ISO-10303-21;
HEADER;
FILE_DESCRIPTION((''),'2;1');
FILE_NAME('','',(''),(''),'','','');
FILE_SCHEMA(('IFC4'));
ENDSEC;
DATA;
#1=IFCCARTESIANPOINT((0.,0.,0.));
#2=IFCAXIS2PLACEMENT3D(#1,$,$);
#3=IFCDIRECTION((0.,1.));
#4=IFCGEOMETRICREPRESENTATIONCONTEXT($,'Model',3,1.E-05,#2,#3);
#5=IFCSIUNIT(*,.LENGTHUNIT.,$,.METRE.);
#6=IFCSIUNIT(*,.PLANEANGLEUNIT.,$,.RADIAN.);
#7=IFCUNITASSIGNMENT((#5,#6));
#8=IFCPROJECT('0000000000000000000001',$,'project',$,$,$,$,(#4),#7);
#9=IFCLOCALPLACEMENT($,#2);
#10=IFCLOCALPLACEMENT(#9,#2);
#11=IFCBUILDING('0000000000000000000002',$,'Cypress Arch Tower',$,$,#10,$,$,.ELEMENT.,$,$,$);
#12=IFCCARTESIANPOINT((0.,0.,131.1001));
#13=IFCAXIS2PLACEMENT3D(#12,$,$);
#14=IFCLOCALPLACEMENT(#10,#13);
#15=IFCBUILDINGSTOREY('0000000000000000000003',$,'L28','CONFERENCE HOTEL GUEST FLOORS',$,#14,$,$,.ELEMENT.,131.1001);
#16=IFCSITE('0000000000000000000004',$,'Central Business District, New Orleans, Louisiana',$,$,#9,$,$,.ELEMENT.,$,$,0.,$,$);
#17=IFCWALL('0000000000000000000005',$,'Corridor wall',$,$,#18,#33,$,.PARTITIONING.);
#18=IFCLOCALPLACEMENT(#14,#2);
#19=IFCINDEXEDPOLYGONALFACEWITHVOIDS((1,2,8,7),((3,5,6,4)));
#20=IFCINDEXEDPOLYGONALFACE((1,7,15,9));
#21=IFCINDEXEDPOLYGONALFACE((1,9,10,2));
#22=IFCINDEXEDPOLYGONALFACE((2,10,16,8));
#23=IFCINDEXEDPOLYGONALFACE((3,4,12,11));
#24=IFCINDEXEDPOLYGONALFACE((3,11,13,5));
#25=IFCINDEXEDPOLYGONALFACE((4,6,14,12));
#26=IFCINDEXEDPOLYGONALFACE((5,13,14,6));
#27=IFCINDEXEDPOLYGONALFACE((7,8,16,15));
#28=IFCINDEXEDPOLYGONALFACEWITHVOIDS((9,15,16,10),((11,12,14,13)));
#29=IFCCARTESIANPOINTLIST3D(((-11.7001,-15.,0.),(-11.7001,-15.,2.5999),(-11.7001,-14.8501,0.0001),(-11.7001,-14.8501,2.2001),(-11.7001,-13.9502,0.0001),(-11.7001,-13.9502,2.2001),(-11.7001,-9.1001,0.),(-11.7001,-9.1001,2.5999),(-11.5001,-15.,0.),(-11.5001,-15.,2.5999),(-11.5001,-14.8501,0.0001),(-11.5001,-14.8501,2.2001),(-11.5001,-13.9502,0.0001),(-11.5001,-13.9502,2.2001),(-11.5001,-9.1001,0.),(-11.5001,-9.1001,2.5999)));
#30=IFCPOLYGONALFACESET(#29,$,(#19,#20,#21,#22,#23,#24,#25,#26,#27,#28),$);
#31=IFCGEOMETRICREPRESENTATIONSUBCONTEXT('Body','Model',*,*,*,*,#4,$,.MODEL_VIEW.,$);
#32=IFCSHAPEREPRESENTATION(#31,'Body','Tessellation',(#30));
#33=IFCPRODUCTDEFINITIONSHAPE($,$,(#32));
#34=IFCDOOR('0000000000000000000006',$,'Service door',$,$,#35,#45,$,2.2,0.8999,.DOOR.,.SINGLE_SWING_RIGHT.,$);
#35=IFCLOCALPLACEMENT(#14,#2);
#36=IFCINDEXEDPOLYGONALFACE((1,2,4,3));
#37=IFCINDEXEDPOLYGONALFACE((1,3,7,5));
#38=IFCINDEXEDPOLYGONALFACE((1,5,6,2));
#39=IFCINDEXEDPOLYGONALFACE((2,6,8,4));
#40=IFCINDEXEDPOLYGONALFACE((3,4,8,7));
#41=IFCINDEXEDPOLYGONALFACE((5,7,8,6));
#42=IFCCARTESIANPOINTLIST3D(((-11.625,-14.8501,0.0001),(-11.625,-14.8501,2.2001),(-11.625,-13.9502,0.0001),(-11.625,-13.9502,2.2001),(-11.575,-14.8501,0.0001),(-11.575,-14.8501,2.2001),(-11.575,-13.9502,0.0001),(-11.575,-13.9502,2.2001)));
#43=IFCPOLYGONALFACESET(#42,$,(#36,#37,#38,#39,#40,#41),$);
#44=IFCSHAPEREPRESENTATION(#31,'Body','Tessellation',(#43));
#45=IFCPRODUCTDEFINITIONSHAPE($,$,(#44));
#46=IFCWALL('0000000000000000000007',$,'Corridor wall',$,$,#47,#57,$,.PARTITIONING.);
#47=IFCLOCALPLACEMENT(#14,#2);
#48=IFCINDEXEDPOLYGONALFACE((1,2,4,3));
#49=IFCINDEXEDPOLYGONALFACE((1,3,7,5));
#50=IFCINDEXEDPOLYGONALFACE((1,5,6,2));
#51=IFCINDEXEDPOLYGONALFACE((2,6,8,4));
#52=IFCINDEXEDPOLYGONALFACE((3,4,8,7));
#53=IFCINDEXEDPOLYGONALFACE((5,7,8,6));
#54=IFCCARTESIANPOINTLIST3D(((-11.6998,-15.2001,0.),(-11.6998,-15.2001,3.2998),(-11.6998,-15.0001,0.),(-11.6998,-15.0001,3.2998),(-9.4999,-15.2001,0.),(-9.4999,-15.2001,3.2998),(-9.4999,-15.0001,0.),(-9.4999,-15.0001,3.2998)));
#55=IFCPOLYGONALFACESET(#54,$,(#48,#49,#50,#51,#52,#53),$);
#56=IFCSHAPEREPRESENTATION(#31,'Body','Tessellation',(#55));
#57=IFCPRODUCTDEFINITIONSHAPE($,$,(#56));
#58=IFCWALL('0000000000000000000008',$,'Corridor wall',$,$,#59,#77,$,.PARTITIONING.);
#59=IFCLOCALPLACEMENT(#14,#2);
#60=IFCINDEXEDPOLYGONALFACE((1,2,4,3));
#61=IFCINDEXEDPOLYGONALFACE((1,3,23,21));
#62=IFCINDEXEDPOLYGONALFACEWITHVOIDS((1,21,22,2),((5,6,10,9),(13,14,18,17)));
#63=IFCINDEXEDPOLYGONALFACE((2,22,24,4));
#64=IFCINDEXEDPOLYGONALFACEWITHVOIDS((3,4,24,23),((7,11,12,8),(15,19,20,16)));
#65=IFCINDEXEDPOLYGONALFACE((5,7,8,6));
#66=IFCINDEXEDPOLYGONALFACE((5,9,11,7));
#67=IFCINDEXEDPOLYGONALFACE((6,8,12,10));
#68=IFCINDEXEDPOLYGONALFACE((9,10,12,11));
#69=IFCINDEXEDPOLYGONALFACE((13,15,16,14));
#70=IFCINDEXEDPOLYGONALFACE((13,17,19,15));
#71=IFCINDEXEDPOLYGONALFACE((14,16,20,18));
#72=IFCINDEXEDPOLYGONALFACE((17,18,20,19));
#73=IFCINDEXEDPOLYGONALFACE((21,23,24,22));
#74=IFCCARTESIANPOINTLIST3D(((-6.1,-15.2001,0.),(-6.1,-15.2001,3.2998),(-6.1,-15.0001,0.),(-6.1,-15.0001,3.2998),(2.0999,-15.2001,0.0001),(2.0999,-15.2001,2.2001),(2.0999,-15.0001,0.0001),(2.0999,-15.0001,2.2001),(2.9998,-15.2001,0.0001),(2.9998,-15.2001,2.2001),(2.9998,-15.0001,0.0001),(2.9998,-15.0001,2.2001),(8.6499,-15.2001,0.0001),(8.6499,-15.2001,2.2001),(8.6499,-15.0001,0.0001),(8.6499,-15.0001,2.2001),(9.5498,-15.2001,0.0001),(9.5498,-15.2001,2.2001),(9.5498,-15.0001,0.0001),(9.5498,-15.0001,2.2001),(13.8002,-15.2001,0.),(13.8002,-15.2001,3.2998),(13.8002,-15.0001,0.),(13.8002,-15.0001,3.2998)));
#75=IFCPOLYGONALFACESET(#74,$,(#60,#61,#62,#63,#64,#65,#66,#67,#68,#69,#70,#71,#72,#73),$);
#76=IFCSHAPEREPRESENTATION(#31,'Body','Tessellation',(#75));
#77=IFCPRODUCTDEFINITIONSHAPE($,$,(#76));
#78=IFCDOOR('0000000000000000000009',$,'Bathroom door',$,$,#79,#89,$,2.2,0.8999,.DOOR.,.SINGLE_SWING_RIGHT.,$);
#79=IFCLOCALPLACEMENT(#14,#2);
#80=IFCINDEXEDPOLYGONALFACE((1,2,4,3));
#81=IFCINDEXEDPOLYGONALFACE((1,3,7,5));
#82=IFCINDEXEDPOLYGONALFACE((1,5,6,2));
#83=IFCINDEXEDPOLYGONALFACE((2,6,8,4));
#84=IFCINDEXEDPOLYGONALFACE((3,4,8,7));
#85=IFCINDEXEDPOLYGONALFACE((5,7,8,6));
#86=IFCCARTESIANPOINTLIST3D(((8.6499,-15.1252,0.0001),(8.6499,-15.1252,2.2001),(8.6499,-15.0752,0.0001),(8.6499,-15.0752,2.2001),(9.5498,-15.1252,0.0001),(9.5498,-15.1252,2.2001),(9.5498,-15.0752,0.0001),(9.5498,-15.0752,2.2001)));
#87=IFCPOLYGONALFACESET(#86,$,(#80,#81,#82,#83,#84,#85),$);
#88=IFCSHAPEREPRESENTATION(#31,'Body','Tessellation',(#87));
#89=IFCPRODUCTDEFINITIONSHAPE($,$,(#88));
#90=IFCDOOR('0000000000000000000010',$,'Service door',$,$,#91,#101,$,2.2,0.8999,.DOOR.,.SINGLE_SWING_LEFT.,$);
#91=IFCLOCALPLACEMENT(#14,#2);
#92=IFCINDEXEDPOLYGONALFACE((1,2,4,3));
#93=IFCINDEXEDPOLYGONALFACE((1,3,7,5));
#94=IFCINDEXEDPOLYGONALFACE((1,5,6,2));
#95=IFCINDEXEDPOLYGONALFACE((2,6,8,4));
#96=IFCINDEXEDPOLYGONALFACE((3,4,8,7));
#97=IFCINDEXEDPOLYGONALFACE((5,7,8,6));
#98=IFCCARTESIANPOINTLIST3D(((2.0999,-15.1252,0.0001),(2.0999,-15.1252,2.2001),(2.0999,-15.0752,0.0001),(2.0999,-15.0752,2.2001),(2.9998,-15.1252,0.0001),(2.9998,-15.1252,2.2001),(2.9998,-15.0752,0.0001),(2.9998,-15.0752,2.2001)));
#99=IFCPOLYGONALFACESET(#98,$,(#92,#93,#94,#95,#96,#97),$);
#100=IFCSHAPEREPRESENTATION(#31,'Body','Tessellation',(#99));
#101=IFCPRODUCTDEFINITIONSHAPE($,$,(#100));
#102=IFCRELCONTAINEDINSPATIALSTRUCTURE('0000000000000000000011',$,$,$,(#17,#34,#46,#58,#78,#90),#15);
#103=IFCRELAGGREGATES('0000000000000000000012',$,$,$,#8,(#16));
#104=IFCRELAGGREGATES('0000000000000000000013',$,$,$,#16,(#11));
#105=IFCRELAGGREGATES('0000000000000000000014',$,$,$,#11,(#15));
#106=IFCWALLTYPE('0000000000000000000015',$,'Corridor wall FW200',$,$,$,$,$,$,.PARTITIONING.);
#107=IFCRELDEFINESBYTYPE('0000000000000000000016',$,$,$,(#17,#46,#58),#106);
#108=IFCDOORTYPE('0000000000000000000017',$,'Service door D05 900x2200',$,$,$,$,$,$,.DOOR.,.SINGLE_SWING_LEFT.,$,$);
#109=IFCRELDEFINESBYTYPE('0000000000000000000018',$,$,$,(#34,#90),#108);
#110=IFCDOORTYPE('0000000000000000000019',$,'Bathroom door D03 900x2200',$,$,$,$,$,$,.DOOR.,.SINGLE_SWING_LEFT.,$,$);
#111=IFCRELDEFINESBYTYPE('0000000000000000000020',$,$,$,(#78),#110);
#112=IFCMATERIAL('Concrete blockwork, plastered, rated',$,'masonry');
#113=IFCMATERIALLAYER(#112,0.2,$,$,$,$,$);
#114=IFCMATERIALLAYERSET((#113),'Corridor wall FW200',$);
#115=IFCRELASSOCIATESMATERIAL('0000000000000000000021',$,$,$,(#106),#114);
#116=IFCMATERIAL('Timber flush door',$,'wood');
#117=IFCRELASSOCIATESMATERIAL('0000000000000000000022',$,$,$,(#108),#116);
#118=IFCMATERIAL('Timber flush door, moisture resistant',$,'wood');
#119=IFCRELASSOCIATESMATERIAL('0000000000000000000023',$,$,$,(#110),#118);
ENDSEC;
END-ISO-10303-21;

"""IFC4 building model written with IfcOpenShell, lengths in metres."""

from ifc_helpers import new_model, si_unit, direction, frame, frame_2d, origin, place, context, subcontext, project, spatial, rectangle, extrude, material, layer, layer_set, type_object, element, fill, save


model = new_model("IFC4")

# Units and contexts
model_context = context("Model", 3, precision=1e-05, world=origin(), true_north=direction((0.0, 1.0)))
body_context = subcontext(model_context, "Body", "Model", "MODEL_VIEW")
ifc_project = project(units=[si_unit("LENGTHUNIT", "METRE"), si_unit("PLANEANGLEUNIT", "RADIAN")], contexts=[model_context])

# Site, building, storey
site_placement = place(None, origin())
site = spatial("IfcSite", under=ifc_project, at=site_placement, Name="Central Business District, New Orleans, Louisiana", CompositionType="ELEMENT", RefElevation=0.0)
building_placement = place(site_placement, origin())
building = spatial("IfcBuilding", under=site, at=building_placement, Name="Cypress Arch Tower", CompositionType="ELEMENT")
storey_placement = place(building_placement, frame((0.0, 0.0, 131.1001)))
storey = spatial("IfcBuildingStorey", under=building, at=storey_placement, Name="L28", Description="CONFERENCE HOTEL GUEST FLOORS", CompositionType="ELEMENT", Elevation=131.1001)

# Wall, opening, door
ifc_material_1 = material(Name="Concrete blockwork, plastered, rated", Category="masonry")
ifc_layer = layer(ifc_material_1, 0.2)
ifc_layer_set = layer_set([ifc_layer], Name="Corridor wall FW200")
wall_type = type_object("IfcWallType", Name="Corridor wall FW200", PredefinedType="PARTITIONING", material=ifc_layer_set)
wall_1_placement = place(storey_placement, frame((-11.6001, -15.0, 0.0), z_axis=(0.0, 0.0, 1.0), x_axis=(0.0, 1.0, 0.0)))
wall_1 = element("IfcWall", 1, at=wall_1_placement, inside=storey, type_object=wall_type, Name="Corridor wall", PredefinedType="PARTITIONING", context=body_context, shape_type="SweptSolid", body=[
    extrude(rectangle(XDim=5.8999, YDim=0.2, at=frame_2d((2.95, 0.0))), origin(), (0.0, 0.0, 1.0), 2.5999),
])
opening_1_placement = place(wall_1_placement, frame((0.1499, 0.0, 0.0)))
opening_1 = element("IfcOpeningElement", 2, at=opening_1_placement, cuts=wall_1, PredefinedType="OPENING", context=body_context, shape_type="SweptSolid", body=[
    extrude(rectangle(XDim=0.8999, YDim=2.2, at=frame_2d((0.45, 1.1001))), frame((0.0, 0.1099, 0.0), z_axis=(0.0, -1.0, 0.0), x_axis=(1.0, 0.0, 0.0)), (0.0, 0.0, 1.0), 0.22),
])
ifc_material_2 = material(Name="Timber flush door", Category="wood")
door_type_1 = type_object("IfcDoorType", Name="Service door D05 900x2200", OperationType="SINGLE_SWING_LEFT", PredefinedType="DOOR", material=ifc_material_2)
door_1_placement = place(opening_1_placement, origin())
door_1 = element("IfcDoor", 3, at=door_1_placement, inside=storey, type_object=door_type_1, Name="Service door", OperationType="SINGLE_SWING_RIGHT", OverallHeight=2.2, OverallWidth=0.8999, PredefinedType="DOOR", context=body_context, shape_type="SweptSolid", body=[
    extrude(rectangle(XDim=0.8999, YDim=2.2, at=frame_2d((0.45, 1.1001))), frame((0.0, 0.0249, 0.0), z_axis=(0.0, -1.0, 0.0), x_axis=(1.0, 0.0, 0.0)), (0.0, 0.0, 1.0), 0.05),
])
fill(opening_1, door_1)

# Wall
wall_2_placement = place(storey_placement, frame((-11.7, -15.1001, 0.0), z_axis=(0.0, 0.0, 1.0), x_axis=(1.0, 0.0, 0.0)))
element("IfcWall", 4, at=wall_2_placement, inside=storey, type_object=wall_type, Name="Corridor wall", PredefinedType="PARTITIONING", context=body_context, shape_type="SweptSolid", body=[
    extrude(rectangle(XDim=2.2, YDim=0.2, at=frame_2d((1.1001, 0.0))), origin(), (0.0, 0.0, 1.0), 3.2998),
])

# Wall, openings, doors
wall_3_placement = place(storey_placement, frame((-6.1001, -15.1001, 0.0), z_axis=(0.0, 0.0, 1.0), x_axis=(1.0, 0.0, 0.0)))
wall_3 = element("IfcWall", 5, at=wall_3_placement, inside=storey, type_object=wall_type, Name="Corridor wall", PredefinedType="PARTITIONING", context=body_context, shape_type="SweptSolid", body=[
    extrude(rectangle(XDim=19.9001, YDim=0.2, at=frame_2d((9.9502, 0.0))), origin(), (0.0, 0.0, 1.0), 3.2998),
])
opening_2_placement = place(wall_3_placement, frame((8.2, 0.0, 0.0)))
opening_2 = element("IfcOpeningElement", 6, at=opening_2_placement, cuts=wall_3, PredefinedType="OPENING", context=body_context, shape_type="SweptSolid", body=[
    extrude(rectangle(XDim=0.8999, YDim=2.2, at=frame_2d((0.45, 1.1001))), frame((0.0, 0.1099, 0.0), z_axis=(0.0, -1.0, 0.0), x_axis=(1.0, 0.0, 0.0)), (0.0, 0.0, 1.0), 0.22),
])
opening_3_placement = place(wall_3_placement, frame((14.75, 0.0, 0.0)))
opening_3 = element("IfcOpeningElement", 7, at=opening_3_placement, cuts=wall_3, PredefinedType="OPENING", context=body_context, shape_type="SweptSolid", body=[
    extrude(rectangle(XDim=0.8999, YDim=2.2, at=frame_2d((0.45, 1.1001))), frame((0.0, 0.1099, 0.0), z_axis=(0.0, -1.0, 0.0), x_axis=(1.0, 0.0, 0.0)), (0.0, 0.0, 1.0), 0.22),
])
ifc_material_3 = material(Name="Timber flush door, moisture resistant", Category="wood")
door_type_2 = type_object("IfcDoorType", Name="Bathroom door D03 900x2200", OperationType="SINGLE_SWING_LEFT", PredefinedType="DOOR", material=ifc_material_3)
door_2_placement = place(opening_3_placement, origin())
door_2 = element("IfcDoor", 8, at=door_2_placement, inside=storey, type_object=door_type_2, Name="Bathroom door", OperationType="SINGLE_SWING_RIGHT", OverallHeight=2.2, OverallWidth=0.8999, PredefinedType="DOOR", context=body_context, shape_type="SweptSolid", body=[
    extrude(rectangle(XDim=0.8999, YDim=2.2, at=frame_2d((0.45, 1.1001))), frame((0.0, 0.0249, 0.0), z_axis=(0.0, -1.0, 0.0), x_axis=(1.0, 0.0, 0.0)), (0.0, 0.0, 1.0), 0.05),
])
fill(opening_3, door_2)
door_3_placement = place(opening_2_placement, origin())
door_3 = element("IfcDoor", 9, at=door_3_placement, inside=storey, type_object=door_type_1, Name="Service door", OperationType="SINGLE_SWING_LEFT", OverallHeight=2.2, OverallWidth=0.8999, PredefinedType="DOOR", context=body_context, shape_type="SweptSolid", body=[
    extrude(rectangle(XDim=0.8999, YDim=2.2, at=frame_2d((0.45, 1.1001))), frame((0.0, 0.0249, 0.0), z_axis=(0.0, -1.0, 0.0), x_axis=(1.0, 0.0, 0.0)), (0.0, 0.0, 1.0), 0.05),
])
fill(opening_2, door_3)

save(model, "model.ifc")
